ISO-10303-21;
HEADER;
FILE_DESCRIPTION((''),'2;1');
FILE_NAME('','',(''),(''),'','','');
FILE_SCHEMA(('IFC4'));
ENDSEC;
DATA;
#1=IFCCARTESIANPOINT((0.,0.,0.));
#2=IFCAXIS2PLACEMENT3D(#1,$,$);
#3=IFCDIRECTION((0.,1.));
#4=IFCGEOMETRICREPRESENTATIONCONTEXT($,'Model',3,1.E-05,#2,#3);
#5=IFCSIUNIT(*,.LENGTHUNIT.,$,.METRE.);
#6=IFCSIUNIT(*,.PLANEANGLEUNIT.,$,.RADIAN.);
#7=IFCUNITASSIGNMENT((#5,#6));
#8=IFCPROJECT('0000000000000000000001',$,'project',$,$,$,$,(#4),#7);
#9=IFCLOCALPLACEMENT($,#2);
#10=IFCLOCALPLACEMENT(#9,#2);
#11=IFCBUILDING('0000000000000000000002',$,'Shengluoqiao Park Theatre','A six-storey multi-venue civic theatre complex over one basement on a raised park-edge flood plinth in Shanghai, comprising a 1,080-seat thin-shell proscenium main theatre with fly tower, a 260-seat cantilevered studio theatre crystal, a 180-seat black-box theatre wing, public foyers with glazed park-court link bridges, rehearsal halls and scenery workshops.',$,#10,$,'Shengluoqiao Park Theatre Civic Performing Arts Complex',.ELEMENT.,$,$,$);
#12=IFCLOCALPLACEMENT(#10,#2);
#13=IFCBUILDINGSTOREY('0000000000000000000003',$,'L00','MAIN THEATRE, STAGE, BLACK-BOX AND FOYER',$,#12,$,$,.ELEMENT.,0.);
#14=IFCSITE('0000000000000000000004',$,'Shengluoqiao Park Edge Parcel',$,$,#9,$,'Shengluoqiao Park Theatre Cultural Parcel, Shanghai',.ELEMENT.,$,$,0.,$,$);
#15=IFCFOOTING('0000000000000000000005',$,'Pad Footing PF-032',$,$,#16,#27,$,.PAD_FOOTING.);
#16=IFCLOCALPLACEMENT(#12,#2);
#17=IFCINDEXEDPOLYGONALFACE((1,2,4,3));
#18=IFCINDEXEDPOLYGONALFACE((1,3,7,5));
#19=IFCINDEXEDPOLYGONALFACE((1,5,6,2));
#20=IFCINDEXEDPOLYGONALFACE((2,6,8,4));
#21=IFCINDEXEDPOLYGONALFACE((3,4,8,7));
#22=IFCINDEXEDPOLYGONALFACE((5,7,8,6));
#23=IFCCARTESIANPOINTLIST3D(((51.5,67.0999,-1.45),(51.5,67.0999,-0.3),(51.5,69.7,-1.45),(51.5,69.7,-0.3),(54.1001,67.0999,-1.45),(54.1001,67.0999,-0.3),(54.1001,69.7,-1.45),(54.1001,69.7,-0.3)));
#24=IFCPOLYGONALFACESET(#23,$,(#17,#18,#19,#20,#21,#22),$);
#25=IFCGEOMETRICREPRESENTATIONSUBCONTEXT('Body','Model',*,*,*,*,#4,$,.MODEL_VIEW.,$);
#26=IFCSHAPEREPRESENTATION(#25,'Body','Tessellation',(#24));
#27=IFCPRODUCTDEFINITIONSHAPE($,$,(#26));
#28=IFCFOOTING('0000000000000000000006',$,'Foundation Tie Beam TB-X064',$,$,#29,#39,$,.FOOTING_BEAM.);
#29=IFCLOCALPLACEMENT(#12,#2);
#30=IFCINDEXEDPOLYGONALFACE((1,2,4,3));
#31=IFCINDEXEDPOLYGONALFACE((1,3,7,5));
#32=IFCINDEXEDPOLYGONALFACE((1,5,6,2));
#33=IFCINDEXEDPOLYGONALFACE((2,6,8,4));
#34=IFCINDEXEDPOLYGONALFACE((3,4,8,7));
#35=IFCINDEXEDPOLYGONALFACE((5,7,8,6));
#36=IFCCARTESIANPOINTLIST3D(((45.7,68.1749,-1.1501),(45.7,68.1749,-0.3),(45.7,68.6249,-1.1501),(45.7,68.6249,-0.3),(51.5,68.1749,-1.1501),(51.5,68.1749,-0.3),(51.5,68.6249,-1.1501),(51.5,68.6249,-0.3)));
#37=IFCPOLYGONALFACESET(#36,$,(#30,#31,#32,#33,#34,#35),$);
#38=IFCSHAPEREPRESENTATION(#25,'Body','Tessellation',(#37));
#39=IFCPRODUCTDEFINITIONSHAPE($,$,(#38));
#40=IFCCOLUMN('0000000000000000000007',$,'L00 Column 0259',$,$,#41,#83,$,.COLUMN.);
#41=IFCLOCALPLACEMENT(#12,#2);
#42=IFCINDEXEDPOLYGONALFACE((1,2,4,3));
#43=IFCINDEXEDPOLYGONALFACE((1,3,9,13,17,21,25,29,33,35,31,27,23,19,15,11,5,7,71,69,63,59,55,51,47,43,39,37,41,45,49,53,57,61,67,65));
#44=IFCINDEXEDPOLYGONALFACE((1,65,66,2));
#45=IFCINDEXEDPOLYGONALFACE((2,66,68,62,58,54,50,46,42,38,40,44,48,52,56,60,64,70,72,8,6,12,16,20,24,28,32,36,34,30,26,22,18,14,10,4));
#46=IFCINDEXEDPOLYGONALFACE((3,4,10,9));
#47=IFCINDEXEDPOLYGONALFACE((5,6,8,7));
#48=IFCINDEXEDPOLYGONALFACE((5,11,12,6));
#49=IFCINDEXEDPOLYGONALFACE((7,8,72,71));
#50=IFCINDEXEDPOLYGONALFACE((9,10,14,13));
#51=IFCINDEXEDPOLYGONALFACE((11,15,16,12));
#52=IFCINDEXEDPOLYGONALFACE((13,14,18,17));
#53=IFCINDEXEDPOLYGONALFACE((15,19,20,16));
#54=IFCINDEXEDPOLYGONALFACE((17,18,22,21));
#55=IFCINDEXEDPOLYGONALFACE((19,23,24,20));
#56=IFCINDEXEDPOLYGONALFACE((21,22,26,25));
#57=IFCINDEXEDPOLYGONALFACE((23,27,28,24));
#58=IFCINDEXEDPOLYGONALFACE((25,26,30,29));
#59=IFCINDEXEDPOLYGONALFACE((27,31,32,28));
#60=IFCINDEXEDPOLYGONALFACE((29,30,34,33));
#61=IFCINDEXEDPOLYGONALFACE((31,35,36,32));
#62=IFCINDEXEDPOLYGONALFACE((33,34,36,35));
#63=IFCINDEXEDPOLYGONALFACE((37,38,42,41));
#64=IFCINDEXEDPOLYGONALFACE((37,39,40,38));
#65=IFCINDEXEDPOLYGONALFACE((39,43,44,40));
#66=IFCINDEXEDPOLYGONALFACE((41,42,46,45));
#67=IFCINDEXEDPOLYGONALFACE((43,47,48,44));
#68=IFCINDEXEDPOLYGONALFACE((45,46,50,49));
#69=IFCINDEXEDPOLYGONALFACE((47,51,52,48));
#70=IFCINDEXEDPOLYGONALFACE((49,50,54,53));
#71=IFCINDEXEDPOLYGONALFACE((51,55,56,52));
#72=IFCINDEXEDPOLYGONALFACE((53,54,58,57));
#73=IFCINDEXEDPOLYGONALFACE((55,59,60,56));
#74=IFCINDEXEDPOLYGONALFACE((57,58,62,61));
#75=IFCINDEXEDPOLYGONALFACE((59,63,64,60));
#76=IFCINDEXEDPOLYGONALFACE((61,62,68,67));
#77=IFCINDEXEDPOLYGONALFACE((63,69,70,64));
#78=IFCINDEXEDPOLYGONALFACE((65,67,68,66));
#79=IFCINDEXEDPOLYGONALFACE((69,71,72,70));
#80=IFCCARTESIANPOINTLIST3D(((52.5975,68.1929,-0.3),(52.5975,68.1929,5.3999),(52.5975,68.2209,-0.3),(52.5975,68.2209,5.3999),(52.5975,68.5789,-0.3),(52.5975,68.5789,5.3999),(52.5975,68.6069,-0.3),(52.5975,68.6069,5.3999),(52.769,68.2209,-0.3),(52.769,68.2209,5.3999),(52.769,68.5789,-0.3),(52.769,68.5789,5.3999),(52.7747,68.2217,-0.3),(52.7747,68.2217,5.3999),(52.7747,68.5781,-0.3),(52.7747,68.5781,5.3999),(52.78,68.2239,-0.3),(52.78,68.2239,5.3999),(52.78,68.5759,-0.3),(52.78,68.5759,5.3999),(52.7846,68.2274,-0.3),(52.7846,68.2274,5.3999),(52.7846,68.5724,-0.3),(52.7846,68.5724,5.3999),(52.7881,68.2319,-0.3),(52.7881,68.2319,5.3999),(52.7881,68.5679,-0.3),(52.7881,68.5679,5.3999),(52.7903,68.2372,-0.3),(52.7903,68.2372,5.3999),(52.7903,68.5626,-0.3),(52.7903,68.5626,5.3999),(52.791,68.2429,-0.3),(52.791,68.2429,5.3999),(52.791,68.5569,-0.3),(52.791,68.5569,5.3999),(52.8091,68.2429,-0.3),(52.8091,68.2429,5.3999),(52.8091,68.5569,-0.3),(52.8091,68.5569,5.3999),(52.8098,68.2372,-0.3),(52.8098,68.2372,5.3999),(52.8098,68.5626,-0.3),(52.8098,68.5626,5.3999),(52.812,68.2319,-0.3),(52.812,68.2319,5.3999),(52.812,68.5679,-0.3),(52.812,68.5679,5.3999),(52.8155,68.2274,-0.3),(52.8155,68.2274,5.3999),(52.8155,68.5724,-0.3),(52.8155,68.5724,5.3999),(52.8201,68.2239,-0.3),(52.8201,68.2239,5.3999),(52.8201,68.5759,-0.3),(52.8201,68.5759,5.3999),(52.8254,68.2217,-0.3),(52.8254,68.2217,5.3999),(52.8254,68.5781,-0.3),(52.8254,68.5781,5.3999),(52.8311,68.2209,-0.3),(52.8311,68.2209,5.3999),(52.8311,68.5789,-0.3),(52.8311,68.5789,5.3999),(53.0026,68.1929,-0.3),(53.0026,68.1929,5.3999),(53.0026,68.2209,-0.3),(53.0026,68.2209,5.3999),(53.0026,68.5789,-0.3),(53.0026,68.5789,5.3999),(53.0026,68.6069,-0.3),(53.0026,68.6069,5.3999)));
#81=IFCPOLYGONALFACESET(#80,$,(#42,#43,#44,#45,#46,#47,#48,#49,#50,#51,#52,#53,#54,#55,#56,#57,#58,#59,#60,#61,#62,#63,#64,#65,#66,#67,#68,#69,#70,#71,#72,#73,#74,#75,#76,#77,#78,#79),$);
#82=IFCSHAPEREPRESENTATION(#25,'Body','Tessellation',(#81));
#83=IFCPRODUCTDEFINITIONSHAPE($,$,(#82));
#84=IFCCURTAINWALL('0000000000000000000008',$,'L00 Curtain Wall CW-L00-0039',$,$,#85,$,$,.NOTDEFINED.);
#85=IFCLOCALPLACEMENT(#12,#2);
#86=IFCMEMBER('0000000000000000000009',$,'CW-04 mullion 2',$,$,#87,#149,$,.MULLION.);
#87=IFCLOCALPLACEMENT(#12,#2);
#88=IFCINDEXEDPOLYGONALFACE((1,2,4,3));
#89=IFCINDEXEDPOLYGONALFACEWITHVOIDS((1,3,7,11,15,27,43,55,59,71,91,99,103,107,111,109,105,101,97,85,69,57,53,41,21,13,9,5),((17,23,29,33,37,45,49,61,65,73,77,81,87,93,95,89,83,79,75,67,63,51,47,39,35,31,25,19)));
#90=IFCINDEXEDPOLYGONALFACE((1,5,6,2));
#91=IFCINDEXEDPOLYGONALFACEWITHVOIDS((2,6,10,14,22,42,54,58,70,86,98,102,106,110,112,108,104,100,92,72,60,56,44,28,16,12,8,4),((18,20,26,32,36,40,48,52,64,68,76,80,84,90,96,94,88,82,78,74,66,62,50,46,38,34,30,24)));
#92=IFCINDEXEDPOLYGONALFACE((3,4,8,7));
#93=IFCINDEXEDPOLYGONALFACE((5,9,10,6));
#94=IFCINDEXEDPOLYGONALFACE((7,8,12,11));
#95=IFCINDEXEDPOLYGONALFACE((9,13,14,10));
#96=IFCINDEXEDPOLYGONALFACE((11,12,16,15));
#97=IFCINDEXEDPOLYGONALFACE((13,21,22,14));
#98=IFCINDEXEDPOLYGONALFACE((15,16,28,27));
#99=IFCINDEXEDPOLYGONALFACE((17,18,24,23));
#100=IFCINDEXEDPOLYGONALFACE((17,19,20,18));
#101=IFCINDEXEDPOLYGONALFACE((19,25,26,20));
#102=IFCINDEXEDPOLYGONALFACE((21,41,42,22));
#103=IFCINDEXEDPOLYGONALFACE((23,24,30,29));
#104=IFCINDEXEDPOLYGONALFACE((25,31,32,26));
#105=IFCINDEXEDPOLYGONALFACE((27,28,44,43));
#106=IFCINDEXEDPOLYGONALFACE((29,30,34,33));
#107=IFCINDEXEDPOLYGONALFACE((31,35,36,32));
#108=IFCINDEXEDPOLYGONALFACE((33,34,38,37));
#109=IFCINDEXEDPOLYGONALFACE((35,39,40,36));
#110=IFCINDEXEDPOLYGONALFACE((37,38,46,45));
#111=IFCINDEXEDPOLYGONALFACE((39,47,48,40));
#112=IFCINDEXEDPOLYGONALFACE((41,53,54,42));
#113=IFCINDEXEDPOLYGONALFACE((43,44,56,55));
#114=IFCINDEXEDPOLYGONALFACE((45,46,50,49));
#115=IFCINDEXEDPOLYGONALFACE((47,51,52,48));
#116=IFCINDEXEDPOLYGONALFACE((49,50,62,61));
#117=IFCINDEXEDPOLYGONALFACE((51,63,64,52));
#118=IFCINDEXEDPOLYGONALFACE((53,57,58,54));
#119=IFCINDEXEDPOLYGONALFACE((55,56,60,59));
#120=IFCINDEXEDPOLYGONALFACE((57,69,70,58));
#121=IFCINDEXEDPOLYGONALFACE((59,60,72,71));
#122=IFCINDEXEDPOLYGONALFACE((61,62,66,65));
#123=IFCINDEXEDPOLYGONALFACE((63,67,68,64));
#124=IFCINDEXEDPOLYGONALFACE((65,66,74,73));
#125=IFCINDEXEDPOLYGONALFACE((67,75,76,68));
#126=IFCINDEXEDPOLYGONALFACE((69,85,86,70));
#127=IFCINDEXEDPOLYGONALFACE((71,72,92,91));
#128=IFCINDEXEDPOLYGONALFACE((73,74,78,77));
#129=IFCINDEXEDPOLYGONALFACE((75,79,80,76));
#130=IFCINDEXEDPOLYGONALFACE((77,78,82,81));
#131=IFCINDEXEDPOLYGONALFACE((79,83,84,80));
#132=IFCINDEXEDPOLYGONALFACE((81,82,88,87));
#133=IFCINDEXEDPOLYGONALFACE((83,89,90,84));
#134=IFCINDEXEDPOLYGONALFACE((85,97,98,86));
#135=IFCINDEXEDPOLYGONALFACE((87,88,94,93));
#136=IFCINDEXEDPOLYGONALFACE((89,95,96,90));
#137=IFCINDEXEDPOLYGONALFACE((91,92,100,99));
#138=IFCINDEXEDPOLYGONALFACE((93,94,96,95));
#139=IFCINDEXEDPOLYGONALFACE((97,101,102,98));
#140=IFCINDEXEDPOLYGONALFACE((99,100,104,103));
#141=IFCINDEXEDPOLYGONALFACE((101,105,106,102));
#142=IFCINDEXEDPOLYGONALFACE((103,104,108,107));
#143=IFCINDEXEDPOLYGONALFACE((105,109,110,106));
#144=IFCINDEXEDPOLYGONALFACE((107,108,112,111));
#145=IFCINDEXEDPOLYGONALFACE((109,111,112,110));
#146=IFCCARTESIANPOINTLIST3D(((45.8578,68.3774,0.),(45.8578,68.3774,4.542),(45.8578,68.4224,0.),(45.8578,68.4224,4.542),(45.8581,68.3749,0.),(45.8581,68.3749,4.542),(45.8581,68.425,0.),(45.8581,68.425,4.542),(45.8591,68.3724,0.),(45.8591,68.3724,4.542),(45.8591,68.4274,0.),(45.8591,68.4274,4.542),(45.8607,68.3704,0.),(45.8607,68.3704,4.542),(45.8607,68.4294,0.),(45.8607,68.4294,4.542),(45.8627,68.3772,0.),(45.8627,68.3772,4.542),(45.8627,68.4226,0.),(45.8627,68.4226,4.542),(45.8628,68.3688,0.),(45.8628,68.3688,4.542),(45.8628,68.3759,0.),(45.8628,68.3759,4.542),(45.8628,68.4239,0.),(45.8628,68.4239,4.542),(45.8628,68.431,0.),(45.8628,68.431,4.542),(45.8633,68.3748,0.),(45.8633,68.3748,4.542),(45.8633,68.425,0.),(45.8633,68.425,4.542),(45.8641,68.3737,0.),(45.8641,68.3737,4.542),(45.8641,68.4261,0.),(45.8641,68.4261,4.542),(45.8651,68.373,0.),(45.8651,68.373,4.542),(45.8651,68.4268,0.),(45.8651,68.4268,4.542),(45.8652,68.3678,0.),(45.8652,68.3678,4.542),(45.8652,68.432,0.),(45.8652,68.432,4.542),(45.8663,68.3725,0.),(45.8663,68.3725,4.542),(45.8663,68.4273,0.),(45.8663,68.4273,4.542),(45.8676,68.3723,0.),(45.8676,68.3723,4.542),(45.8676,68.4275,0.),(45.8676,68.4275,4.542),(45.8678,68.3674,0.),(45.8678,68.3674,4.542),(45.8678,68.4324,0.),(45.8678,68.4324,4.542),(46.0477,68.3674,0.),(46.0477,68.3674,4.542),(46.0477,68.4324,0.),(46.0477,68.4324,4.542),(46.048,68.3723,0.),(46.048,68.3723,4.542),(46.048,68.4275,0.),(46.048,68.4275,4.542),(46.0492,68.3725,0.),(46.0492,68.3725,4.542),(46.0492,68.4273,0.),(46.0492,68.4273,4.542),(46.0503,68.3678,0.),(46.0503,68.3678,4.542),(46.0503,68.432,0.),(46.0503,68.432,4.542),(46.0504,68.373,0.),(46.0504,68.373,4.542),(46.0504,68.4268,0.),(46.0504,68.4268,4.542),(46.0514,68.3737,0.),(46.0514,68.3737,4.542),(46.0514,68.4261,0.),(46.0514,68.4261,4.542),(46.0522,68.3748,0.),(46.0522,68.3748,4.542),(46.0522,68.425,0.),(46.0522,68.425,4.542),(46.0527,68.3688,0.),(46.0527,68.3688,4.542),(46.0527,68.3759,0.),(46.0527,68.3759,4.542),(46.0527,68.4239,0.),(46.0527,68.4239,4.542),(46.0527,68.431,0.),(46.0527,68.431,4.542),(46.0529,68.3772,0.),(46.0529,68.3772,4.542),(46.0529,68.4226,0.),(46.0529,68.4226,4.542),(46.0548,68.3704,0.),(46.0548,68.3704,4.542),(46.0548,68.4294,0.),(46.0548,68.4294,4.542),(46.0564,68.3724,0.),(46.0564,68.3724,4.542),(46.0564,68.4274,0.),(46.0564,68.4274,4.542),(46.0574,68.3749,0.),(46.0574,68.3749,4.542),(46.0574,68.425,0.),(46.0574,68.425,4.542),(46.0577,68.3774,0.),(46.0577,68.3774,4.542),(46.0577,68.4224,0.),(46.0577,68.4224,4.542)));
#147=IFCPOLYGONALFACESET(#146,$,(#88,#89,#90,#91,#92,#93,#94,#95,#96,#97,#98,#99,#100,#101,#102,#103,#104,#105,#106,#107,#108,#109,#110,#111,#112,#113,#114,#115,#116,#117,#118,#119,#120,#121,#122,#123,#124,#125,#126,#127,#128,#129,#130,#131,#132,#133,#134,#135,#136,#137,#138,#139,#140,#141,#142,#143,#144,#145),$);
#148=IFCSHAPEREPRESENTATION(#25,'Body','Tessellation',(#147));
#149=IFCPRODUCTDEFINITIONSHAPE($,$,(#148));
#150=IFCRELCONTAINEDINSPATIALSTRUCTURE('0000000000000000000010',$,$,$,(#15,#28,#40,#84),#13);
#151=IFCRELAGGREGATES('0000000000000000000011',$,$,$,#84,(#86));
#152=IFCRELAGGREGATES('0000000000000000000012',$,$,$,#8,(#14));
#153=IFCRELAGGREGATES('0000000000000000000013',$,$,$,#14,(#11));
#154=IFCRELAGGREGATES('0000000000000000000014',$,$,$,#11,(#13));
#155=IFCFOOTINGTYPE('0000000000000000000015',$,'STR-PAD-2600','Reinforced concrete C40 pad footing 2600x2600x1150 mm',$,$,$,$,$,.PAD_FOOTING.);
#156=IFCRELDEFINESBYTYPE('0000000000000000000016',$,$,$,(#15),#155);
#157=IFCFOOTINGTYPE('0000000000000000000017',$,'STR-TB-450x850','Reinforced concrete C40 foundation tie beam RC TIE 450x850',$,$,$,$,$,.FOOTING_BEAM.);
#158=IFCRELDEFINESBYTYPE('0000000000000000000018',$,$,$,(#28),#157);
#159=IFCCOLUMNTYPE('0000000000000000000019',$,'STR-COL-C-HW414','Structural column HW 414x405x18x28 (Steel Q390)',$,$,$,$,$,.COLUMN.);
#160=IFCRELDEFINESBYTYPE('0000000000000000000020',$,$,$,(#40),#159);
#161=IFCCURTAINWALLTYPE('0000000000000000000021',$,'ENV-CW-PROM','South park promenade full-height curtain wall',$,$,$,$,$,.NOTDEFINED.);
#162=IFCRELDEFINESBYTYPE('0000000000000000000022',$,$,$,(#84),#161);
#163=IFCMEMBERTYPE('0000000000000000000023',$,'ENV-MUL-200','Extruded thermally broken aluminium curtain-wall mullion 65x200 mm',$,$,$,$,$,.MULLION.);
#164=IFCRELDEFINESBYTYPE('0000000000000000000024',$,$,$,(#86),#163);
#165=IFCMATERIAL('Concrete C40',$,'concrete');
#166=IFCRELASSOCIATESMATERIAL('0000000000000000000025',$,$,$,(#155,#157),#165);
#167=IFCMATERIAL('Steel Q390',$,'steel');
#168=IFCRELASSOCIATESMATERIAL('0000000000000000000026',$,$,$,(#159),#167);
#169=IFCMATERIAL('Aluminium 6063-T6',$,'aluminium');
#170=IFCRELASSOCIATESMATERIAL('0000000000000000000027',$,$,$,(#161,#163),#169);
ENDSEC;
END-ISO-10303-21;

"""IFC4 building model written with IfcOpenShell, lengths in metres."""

from ifc_helpers import new_model, si_unit, direction, frame, origin, origin_2d, place, context, subcontext, project, spatial, rectangle, hollow_rectangle, i_section, extrude, material, material_profile, profile_set, type_object, element, aggregate, save


model = new_model("IFC4")

# Units and contexts
model_context = context("Model", 3, precision=1e-05, world=origin(), true_north=direction((0.0, 1.0)))
body_context = subcontext(model_context, "Body", "Model", "MODEL_VIEW")
ifc_project = project(units=[si_unit("LENGTHUNIT", "METRE"), si_unit("PLANEANGLEUNIT", "RADIAN")], contexts=[model_context])

# Site, building, storey
site_placement = place(None, origin())
site = spatial("IfcSite", under=ifc_project, at=site_placement, Name="Shengluoqiao Park Edge Parcel", LongName="Shengluoqiao Park Theatre Cultural Parcel, Shanghai", CompositionType="ELEMENT", RefElevation=0.0)
building_placement = place(site_placement, origin())
building = spatial("IfcBuilding", under=site, at=building_placement, Name="Shengluoqiao Park Theatre", Description="A six-storey multi-venue civic theatre complex over one basement on a raised park-edge flood plinth in Shanghai, comprising a 1,080-seat thin-shell proscenium main theatre with fly tower, a 260-seat cantilevered studio theatre crystal, a 180-seat black-box theatre wing, public foyers with glazed park-court link bridges, rehearsal halls and scenery workshops.", LongName="Shengluoqiao Park Theatre Civic Performing Arts Complex", CompositionType="ELEMENT")
storey_placement = place(building_placement, origin())
storey = spatial("IfcBuildingStorey", under=building, at=storey_placement, Name="L00", Description="MAIN THEATRE, STAGE, BLACK-BOX AND FOYER", CompositionType="ELEMENT", Elevation=0.0)

# Footings
ifc_material_1 = material(Name="Concrete C40", Category="concrete")
footing_type_1 = type_object("IfcFootingType", Name="STR-PAD-2600", Description="Reinforced concrete C40 pad footing 2600x2600x1150 mm", PredefinedType="PAD_FOOTING", material=ifc_material_1)
footing_1_placement = place(storey_placement, frame((52.8, 68.3999, -1.45), z_axis=(0.0, 0.0, 1.0), x_axis=(1.0, 0.0, 0.0)))
element("IfcFooting", 1, at=footing_1_placement, inside=storey, type_object=footing_type_1, Name="Pad Footing PF-032", PredefinedType="PAD_FOOTING", context=body_context, shape_type="SweptSolid", body=[
    extrude(rectangle(XDim=2.6001, YDim=2.6001, at=origin_2d()), origin(), (0.0, 0.0, 1.0), 1.1499),
])
ifc_material_profile_1 = material_profile(ifc_material_1, rectangle(XDim=0.45, YDim=0.8501, at=origin_2d()), Name="RC TIE 450x850")
ifc_profile_set_1 = profile_set([ifc_material_profile_1], Name="Concrete C40")
footing_type_2 = type_object("IfcFootingType", Name="STR-TB-450x850", Description="Reinforced concrete C40 foundation tie beam RC TIE 450x850", PredefinedType="FOOTING_BEAM", material=ifc_profile_set_1)
footing_2_placement = place(storey_placement, frame((45.7, 68.3999, -0.7251), z_axis=(1.0, 0.0, 0.0), x_axis=(0.0, 1.0, 0.0)))
element("IfcFooting", 2, at=footing_2_placement, inside=storey, type_object=footing_type_2, Name="Foundation Tie Beam TB-X064", PredefinedType="FOOTING_BEAM", context=body_context, shape_type="SweptSolid", body=[
    extrude(rectangle(XDim=0.45, YDim=0.8501, at=origin_2d()), origin(), (0.0, 0.0, 1.0), 5.8),
])

# Column
ifc_material_2 = material(Name="Steel Q390", Category="steel")
ifc_material_profile_2 = material_profile(ifc_material_2, i_section(OverallWidth=0.405, OverallDepth=0.4141, WebThickness=0.0181, FlangeThickness=0.0281, FilletRadius=0.022, at=origin_2d()), Name="HW 414x405x18x28")
ifc_profile_set_2 = profile_set([ifc_material_profile_2], Name="Steel Q390")
column_type = type_object("IfcColumnType", Name="STR-COL-C-HW414", Description="Structural column HW 414x405x18x28 (Steel Q390)", PredefinedType="COLUMN", material=ifc_profile_set_2)
column_placement = place(storey_placement, frame((52.8, 68.3999, -0.3), z_axis=(0.0, 0.0, 1.0), x_axis=(1.0, 0.0, 0.0)))
element("IfcColumn", 3, at=column_placement, inside=storey, type_object=column_type, Name="L00 Column 0259", PredefinedType="COLUMN", context=body_context, shape_type="SweptSolid", body=[
    extrude(i_section(OverallWidth=0.405, OverallDepth=0.4141, WebThickness=0.0181, FlangeThickness=0.0281, FilletRadius=0.022, at=origin_2d()), origin(), (0.0, 0.0, 1.0), 5.7),
])

# Curtain wall, member
ifc_material_3 = material(Name="Aluminium 6063-T6", Category="aluminium")
curtain_wall_type = type_object("IfcCurtainWallType", Name="ENV-CW-PROM", Description="South park promenade full-height curtain wall", PredefinedType="NOTDEFINED", material=ifc_material_3)
curtain_wall_placement = place(storey_placement, origin())
curtain_wall = element("IfcCurtainWall", 4, at=curtain_wall_placement, inside=storey, type_object=curtain_wall_type, Name="L00 Curtain Wall CW-L00-0039", PredefinedType="NOTDEFINED")
ifc_material_profile_3 = material_profile(ifc_material_3, hollow_rectangle(XDim=0.0649, YDim=0.2, WallThickness=0.0049, InnerFilletRadius=0.0049, OuterFilletRadius=0.01, at=origin_2d()), Name="ALU MULLION 200x65x5")
ifc_profile_set_3 = profile_set([ifc_material_profile_3], Name="Aluminium 6063-T6")
member_type_1 = type_object("IfcMemberType", Name="ENV-MUL-200", Description="Extruded thermally broken aluminium curtain-wall mullion 65x200 mm", PredefinedType="MULLION", material=ifc_profile_set_3)
member_1_placement = place(storey_placement, frame((45.9578, 68.3999, 0.0), z_axis=(0.0, 0.0, 1.0), x_axis=(0.0, 1.0, 0.0)))
member_1 = element("IfcMember", 5, at=member_1_placement, type_object=member_type_1, Name="CW-04 mullion 2", PredefinedType="MULLION", context=body_context, shape_type="SweptSolid", body=[
    extrude(hollow_rectangle(XDim=0.0649, YDim=0.2, WallThickness=0.0049, InnerFilletRadius=0.0049, OuterFilletRadius=0.01, at=origin_2d()), origin(), (0.0, 0.0, 1.0), 4.542),
])
aggregate(curtain_wall, [member_1])

save(model, "model.ifc")
